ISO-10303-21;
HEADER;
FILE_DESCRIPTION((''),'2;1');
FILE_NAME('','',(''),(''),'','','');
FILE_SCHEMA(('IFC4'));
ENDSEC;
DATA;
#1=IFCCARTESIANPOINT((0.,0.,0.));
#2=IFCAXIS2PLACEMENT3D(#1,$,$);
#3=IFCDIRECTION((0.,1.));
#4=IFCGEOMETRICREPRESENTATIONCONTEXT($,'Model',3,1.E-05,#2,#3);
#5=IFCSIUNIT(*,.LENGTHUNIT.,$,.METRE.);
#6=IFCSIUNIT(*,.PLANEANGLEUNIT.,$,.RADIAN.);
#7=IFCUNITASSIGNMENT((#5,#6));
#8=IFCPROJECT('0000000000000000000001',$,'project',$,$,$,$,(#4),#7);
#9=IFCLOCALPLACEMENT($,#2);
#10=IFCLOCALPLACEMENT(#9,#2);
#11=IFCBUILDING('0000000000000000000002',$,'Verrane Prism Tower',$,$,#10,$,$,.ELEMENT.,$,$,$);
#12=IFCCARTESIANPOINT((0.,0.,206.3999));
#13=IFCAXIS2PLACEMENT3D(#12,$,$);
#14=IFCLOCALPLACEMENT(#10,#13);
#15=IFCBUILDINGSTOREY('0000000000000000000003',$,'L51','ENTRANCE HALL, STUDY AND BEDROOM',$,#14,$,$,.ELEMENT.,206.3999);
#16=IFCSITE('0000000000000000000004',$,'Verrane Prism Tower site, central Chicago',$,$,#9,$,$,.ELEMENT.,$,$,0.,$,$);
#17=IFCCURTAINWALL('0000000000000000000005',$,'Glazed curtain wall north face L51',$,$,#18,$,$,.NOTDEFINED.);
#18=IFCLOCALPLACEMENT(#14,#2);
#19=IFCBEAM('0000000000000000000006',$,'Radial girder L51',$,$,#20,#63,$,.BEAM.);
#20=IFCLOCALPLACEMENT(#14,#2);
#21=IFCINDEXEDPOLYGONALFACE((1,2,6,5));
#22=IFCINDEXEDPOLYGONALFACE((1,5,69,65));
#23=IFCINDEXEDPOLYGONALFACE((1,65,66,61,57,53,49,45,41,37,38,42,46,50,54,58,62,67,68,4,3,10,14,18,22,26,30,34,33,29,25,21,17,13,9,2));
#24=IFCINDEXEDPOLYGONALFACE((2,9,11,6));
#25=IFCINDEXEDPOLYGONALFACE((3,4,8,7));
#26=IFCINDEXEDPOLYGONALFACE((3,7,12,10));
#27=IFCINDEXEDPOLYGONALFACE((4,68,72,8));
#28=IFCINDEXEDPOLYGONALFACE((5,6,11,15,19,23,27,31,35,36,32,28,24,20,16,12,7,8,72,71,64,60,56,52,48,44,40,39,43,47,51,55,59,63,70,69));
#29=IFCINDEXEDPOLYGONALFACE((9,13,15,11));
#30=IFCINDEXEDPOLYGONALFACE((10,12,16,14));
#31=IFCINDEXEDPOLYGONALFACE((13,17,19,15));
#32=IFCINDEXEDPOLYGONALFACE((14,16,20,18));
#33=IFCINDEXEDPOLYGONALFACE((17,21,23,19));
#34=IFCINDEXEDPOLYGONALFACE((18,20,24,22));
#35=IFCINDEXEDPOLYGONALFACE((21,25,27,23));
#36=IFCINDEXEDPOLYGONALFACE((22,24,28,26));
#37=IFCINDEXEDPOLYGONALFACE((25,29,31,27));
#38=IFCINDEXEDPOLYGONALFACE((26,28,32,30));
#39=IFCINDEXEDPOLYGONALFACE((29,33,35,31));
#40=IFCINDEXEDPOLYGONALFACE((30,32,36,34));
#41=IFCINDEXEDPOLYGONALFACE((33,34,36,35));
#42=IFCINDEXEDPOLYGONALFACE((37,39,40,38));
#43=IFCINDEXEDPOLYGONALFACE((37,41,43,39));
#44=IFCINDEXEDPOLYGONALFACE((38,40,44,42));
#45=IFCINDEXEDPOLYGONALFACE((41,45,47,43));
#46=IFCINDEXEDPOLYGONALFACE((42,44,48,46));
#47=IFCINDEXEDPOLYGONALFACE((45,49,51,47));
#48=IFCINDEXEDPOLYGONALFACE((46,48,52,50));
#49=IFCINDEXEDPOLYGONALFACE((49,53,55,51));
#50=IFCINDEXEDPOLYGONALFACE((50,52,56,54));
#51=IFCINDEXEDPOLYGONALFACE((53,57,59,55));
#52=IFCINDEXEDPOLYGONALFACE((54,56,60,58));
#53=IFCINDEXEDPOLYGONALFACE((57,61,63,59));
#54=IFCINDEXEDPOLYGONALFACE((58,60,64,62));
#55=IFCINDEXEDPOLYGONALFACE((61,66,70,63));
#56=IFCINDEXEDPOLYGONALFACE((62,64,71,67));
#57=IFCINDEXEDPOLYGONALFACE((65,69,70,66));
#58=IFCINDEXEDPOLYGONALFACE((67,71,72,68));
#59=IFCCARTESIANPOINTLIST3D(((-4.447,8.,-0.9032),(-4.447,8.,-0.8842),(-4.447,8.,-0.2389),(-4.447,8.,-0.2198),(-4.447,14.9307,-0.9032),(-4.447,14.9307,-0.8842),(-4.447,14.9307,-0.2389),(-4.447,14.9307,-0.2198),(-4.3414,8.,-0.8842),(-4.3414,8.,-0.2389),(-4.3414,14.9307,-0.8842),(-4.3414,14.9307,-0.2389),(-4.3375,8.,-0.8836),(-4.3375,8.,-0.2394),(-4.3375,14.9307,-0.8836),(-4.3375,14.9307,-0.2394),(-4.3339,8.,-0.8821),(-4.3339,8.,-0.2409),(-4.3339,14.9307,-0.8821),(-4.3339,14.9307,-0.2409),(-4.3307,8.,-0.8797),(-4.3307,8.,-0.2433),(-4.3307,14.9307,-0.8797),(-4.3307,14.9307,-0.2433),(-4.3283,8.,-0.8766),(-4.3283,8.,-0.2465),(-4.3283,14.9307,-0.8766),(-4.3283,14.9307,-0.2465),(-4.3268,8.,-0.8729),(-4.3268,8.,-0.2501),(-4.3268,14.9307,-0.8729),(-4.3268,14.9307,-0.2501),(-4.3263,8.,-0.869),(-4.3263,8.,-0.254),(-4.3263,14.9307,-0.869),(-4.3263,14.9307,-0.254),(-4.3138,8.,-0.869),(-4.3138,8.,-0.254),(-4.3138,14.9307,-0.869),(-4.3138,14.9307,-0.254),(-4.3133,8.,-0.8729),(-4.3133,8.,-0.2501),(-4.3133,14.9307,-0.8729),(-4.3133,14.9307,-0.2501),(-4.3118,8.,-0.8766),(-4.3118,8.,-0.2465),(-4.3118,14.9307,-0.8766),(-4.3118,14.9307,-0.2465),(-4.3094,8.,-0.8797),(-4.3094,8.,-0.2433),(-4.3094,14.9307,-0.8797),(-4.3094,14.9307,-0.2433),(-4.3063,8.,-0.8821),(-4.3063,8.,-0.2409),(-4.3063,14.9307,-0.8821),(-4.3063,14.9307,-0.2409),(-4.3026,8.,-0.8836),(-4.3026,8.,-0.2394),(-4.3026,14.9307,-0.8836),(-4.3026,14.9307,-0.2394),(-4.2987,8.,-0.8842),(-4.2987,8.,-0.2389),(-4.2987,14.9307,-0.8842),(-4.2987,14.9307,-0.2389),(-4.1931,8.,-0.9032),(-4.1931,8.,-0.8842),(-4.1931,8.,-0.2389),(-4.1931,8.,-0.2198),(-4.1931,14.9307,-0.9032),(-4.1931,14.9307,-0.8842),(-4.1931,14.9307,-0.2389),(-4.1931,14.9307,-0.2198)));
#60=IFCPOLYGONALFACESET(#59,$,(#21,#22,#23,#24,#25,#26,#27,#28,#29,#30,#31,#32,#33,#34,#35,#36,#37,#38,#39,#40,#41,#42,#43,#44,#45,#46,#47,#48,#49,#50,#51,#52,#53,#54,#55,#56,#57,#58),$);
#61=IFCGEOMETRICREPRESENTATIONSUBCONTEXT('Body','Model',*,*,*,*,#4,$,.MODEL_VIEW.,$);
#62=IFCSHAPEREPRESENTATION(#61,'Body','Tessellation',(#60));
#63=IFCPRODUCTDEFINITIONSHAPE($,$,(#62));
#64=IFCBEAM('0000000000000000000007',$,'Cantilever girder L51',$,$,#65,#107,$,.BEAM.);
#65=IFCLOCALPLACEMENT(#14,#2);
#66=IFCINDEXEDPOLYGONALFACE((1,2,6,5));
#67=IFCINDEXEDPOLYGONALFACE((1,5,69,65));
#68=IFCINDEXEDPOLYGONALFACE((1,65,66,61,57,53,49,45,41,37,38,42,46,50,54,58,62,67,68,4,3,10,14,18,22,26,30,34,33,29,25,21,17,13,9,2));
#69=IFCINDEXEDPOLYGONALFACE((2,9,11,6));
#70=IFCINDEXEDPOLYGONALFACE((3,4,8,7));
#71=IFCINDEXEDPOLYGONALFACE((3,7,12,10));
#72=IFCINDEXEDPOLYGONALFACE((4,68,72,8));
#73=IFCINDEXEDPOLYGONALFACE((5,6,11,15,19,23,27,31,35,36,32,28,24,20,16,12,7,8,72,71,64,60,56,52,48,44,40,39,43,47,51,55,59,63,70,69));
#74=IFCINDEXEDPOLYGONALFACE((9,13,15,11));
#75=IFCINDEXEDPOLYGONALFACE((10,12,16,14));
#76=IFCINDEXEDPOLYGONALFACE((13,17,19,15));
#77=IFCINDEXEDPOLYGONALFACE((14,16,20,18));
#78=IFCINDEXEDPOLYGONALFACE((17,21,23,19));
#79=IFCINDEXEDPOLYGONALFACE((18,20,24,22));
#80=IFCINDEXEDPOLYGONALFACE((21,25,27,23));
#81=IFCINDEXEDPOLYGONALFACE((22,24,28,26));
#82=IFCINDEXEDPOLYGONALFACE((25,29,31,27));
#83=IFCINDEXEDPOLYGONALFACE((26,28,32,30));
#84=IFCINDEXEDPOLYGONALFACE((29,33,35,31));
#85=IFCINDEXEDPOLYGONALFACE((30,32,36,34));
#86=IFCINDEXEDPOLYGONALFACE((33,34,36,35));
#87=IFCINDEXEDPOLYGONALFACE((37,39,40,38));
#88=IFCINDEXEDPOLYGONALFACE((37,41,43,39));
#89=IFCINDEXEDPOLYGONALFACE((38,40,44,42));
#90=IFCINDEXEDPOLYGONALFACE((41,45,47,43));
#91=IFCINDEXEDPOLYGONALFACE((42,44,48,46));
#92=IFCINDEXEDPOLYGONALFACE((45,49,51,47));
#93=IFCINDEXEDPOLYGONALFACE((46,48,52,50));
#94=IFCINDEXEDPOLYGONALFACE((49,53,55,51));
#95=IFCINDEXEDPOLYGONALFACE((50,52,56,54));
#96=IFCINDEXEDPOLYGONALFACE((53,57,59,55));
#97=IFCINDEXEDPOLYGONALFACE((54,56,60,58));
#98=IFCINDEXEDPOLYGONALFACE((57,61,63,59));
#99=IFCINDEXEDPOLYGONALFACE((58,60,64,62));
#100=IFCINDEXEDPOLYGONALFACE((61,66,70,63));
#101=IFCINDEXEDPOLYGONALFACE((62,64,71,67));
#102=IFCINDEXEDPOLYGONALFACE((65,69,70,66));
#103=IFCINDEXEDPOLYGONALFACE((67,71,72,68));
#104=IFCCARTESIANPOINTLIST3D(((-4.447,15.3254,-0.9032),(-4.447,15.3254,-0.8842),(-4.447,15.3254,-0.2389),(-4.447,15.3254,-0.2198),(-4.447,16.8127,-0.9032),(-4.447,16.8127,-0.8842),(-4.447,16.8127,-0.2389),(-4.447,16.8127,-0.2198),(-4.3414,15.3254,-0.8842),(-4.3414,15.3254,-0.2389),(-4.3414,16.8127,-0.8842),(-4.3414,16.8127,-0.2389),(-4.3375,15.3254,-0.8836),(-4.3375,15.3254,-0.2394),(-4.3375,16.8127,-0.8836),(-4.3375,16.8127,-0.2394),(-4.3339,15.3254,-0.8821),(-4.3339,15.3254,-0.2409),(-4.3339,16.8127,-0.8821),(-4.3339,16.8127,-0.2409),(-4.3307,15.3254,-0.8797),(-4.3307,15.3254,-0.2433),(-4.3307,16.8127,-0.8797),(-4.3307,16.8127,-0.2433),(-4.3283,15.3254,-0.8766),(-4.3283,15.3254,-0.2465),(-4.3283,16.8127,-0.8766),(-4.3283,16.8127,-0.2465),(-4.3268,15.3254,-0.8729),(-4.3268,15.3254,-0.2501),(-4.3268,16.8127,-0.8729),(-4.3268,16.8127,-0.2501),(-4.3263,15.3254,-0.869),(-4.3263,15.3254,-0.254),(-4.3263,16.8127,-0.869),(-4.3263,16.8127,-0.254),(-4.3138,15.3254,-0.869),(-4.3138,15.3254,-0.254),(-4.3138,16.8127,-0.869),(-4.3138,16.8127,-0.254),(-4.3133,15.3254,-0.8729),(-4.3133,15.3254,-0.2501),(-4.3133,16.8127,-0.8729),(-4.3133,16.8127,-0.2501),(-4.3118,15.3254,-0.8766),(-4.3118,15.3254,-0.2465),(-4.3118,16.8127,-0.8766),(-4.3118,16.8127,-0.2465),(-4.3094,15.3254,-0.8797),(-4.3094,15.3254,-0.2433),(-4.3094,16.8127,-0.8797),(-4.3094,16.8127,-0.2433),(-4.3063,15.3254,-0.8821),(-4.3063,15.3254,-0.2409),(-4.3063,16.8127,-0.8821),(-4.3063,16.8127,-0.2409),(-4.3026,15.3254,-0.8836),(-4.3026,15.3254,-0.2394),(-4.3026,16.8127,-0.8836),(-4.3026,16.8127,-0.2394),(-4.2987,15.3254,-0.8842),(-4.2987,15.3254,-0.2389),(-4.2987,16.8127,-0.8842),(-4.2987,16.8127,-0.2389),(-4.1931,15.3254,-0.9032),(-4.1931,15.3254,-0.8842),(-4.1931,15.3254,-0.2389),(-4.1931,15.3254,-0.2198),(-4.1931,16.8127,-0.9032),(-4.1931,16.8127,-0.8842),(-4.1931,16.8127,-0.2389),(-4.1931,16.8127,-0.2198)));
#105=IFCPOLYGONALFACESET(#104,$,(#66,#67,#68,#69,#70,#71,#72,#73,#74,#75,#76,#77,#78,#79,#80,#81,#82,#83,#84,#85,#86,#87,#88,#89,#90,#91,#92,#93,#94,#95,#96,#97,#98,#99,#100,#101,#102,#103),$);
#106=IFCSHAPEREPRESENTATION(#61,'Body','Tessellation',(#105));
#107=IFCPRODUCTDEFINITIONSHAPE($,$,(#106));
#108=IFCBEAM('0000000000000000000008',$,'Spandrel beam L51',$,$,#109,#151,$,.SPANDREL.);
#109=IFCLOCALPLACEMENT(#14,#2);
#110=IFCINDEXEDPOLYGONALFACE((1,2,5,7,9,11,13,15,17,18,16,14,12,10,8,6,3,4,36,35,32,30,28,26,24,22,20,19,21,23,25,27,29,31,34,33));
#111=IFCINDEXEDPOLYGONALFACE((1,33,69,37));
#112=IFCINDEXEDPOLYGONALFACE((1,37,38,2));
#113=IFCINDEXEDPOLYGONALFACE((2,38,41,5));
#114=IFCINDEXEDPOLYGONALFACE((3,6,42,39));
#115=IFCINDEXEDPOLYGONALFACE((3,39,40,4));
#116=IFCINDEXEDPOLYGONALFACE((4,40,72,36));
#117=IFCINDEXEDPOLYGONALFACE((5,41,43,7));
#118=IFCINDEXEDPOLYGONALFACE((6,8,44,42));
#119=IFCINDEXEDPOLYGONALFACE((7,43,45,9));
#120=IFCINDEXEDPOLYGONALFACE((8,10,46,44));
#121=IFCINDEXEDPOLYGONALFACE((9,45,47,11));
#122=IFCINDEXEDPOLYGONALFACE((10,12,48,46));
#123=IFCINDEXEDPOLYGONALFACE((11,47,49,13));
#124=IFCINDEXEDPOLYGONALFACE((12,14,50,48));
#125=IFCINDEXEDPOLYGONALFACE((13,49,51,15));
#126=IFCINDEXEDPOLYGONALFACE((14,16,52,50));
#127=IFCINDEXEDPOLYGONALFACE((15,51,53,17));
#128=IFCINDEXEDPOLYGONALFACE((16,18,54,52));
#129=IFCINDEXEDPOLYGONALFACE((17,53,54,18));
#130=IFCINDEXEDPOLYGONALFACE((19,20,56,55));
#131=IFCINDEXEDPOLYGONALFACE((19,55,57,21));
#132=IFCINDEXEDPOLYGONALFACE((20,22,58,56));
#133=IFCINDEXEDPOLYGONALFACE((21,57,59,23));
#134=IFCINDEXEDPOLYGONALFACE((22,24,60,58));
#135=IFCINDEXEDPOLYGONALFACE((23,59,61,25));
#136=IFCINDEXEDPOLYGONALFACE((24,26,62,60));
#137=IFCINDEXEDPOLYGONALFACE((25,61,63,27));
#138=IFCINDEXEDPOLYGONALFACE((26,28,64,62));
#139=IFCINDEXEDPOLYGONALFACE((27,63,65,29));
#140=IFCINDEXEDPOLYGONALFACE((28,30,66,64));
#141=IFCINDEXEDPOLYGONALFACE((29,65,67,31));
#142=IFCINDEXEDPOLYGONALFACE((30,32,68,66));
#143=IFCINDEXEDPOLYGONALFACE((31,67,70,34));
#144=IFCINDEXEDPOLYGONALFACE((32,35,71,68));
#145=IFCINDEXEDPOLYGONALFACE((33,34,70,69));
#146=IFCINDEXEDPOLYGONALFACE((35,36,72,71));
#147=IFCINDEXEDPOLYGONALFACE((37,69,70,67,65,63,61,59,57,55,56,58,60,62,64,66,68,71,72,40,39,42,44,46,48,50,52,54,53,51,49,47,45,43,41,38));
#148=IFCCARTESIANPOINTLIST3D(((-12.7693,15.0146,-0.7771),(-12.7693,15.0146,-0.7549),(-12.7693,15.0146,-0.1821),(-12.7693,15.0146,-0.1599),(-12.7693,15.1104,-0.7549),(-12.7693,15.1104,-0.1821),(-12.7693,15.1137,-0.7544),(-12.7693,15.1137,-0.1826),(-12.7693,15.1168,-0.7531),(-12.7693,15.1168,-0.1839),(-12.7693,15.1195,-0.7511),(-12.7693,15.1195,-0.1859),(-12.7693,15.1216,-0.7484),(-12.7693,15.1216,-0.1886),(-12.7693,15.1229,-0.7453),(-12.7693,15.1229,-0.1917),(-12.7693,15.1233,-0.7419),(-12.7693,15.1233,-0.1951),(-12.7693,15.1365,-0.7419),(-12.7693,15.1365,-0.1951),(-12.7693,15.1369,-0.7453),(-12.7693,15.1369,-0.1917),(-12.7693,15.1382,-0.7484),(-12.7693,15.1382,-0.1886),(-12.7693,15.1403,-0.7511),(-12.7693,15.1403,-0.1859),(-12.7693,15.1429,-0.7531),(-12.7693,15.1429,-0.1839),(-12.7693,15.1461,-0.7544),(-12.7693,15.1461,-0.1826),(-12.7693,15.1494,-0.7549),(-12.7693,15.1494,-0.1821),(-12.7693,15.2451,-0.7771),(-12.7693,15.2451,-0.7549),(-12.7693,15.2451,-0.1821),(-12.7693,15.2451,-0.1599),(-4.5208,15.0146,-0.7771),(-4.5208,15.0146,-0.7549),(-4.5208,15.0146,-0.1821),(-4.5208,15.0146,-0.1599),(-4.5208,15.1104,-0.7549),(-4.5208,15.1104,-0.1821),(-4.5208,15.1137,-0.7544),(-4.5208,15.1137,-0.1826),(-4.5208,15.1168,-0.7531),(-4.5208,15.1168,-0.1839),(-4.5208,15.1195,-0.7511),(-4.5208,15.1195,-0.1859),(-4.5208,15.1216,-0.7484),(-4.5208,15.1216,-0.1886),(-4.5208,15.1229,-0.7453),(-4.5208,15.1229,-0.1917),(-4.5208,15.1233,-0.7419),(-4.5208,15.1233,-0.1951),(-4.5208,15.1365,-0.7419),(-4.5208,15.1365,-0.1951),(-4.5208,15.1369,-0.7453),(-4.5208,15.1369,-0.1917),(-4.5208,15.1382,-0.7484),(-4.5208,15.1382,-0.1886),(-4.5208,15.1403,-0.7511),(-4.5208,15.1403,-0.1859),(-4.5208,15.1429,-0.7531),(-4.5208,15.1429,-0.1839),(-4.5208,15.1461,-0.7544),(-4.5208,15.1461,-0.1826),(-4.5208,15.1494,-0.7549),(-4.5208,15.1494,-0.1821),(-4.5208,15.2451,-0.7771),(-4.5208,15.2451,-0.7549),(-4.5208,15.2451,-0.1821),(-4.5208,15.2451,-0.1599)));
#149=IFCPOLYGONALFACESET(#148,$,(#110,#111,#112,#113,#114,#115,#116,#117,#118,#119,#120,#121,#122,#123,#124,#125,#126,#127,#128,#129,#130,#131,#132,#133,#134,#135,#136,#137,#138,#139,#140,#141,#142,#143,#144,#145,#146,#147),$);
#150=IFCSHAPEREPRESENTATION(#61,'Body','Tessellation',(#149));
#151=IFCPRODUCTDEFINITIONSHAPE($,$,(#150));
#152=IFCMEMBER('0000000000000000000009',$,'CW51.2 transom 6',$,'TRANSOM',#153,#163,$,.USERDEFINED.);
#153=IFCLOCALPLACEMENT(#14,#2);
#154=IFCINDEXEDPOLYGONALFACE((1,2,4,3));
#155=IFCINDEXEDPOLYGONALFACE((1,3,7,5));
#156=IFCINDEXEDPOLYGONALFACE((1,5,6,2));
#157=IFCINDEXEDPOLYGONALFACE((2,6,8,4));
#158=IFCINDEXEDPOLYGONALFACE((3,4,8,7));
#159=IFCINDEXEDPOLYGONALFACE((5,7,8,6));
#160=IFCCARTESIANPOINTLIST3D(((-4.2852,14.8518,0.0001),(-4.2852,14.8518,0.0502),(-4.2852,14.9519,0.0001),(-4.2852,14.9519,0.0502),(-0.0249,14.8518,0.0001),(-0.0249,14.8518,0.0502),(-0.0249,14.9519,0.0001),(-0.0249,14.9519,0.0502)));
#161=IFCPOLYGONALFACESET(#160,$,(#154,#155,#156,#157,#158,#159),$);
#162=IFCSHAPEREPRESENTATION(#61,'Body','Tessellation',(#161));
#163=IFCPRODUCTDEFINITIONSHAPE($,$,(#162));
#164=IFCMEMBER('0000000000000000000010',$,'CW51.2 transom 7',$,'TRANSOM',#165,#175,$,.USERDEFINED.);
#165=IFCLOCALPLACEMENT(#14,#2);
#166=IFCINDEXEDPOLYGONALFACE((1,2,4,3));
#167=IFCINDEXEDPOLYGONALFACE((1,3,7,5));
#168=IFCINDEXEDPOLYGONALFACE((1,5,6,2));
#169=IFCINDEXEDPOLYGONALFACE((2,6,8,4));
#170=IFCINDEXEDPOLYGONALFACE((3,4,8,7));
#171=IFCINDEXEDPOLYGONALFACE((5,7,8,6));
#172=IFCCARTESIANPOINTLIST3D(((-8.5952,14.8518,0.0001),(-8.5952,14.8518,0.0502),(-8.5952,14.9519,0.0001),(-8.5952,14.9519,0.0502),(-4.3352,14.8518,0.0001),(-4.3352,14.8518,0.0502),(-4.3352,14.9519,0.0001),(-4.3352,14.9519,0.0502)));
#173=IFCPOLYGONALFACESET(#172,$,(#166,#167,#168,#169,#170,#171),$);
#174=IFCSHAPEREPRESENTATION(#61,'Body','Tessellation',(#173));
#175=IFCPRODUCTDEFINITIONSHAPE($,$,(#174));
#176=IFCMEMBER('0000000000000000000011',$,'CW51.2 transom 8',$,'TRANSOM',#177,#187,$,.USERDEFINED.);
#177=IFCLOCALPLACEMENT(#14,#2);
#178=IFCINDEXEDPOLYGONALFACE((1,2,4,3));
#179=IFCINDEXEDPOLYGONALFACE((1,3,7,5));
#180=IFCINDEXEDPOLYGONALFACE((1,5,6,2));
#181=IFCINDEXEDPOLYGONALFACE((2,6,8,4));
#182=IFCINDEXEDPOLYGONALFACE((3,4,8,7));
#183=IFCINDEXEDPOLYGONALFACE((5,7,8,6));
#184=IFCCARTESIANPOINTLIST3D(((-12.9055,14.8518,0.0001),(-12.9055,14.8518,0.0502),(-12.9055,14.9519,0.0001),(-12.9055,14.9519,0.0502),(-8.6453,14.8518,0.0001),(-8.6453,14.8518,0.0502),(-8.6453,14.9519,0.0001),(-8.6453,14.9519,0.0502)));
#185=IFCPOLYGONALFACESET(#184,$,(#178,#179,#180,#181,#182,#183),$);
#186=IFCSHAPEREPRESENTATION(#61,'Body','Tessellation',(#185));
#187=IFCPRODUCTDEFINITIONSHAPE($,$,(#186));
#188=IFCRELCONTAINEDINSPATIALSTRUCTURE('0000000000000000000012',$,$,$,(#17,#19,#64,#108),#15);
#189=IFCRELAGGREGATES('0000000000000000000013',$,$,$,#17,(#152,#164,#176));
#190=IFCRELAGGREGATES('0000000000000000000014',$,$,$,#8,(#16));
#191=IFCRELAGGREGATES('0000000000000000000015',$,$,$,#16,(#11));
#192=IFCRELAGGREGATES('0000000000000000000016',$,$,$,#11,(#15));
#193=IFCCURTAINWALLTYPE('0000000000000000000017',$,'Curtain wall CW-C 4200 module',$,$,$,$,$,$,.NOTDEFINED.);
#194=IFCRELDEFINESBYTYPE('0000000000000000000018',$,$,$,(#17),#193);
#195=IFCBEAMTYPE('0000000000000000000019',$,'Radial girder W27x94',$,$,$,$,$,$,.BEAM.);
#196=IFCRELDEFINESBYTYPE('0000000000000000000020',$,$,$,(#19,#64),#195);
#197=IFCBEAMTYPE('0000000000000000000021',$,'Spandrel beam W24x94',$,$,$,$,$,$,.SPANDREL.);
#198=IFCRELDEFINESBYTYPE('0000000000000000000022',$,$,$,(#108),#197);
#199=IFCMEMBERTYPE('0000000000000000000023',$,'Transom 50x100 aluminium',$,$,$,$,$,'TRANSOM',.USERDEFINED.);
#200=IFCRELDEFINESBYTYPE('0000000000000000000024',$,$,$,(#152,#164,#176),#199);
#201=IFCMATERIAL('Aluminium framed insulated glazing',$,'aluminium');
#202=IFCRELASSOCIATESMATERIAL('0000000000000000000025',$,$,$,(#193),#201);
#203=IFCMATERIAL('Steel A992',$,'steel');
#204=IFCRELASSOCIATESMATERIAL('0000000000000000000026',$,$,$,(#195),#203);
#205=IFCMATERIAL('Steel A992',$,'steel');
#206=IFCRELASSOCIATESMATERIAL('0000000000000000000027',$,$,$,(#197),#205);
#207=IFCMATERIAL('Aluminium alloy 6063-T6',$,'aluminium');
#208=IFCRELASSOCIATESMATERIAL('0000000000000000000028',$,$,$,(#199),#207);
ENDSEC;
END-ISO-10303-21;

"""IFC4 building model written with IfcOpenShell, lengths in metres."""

from ifc_helpers import new_model, si_unit, direction, frame, origin, origin_2d, place, context, subcontext, project, spatial, rectangle, i_section, extrude, material, material_profile, profile_set, type_object, element, aggregate, save


model = new_model("IFC4")

# Units and contexts
model_context = context("Model", 3, precision=1e-05, world=origin(), true_north=direction((0.0, 1.0)))
body_context = subcontext(model_context, "Body", "Model", "MODEL_VIEW")
ifc_project = project(units=[si_unit("LENGTHUNIT", "METRE"), si_unit("PLANEANGLEUNIT", "RADIAN")], contexts=[model_context])

# Site, building, storey
site_placement = place(None, origin())
site = spatial("IfcSite", under=ifc_project, at=site_placement, Name="Verrane Prism Tower site, central Chicago", CompositionType="ELEMENT", RefElevation=0.0)
building_placement = place(site_placement, origin())
building = spatial("IfcBuilding", under=site, at=building_placement, Name="Verrane Prism Tower", CompositionType="ELEMENT")
storey_placement = place(building_placement, frame((0.0, 0.0, 206.3999)))
storey = spatial("IfcBuildingStorey", under=building, at=storey_placement, Name="L51", Description="ENTRANCE HALL, STUDY AND BEDROOM", CompositionType="ELEMENT", Elevation=206.3999)

# Curtain wall
ifc_material_1 = material(Name="Aluminium framed insulated glazing", Category="aluminium")
curtain_wall_type = type_object("IfcCurtainWallType", Name="Curtain wall CW-C 4200 module", PredefinedType="NOTDEFINED", material=ifc_material_1)
curtain_wall_placement = place(storey_placement, origin())
curtain_wall = element("IfcCurtainWall", 1, at=curtain_wall_placement, inside=storey, type_object=curtain_wall_type, Name="Glazed curtain wall north face L51", PredefinedType="NOTDEFINED")

# Beams
ifc_material_2 = material(Name="Steel A992", Category="steel")
ifc_material_profile_1 = material_profile(ifc_material_2, i_section(OverallWidth=0.2539, OverallDepth=0.6833, WebThickness=0.0125, FlangeThickness=0.019, FilletRadius=0.0151, at=origin_2d()), Name="W27x94")
ifc_profile_set_1 = profile_set([ifc_material_profile_1], Name="Steel A992")
beam_type_1 = type_object("IfcBeamType", Name="Radial girder W27x94", PredefinedType="BEAM", material=ifc_profile_set_1)
beam_1_placement = place(storey_placement, frame((-4.3201, 14.9307, -0.5615), z_axis=(0.0, -1.0, 0.0), x_axis=(1.0, 0.0, 0.0)))
element("IfcBeam", 2, at=beam_1_placement, inside=storey, type_object=beam_type_1, Name="Radial girder L51", PredefinedType="BEAM", context=body_context, shape_type="SweptSolid", body=[
    extrude(i_section(OverallWidth=0.2539, OverallDepth=0.6833, WebThickness=0.0125, FlangeThickness=0.019, FilletRadius=0.0151, at=origin_2d()), origin(), (0.0, 0.0, 1.0), 6.9307),
])
beam_2_placement = place(storey_placement, frame((-4.3201, 15.3254, -0.5615), z_axis=(0.0, 1.0, 0.0), x_axis=(-1.0, 0.0, 0.0)))
element("IfcBeam", 3, at=beam_2_placement, inside=storey, type_object=beam_type_1, Name="Cantilever girder L51", PredefinedType="BEAM", context=body_context, shape_type="SweptSolid", body=[
    extrude(i_section(OverallWidth=0.2539, OverallDepth=0.6833, WebThickness=0.0125, FlangeThickness=0.019, FilletRadius=0.0151, at=origin_2d()), origin(), (0.0, 0.0, 1.0), 1.4873),
])
ifc_material_3 = material(Name="Steel A992", Category="steel")
ifc_material_profile_2 = material_profile(ifc_material_3, i_section(OverallWidth=0.2305, OverallDepth=0.6172, WebThickness=0.0132, FlangeThickness=0.0222, FilletRadius=0.0129, at=origin_2d()), Name="W24x94")
ifc_profile_set_2 = profile_set([ifc_material_profile_2], Name="Steel A992")
beam_type_2 = type_object("IfcBeamType", Name="Spandrel beam W24x94", PredefinedType="SPANDREL", material=ifc_profile_set_2)
beam_3_placement = place(storey_placement, frame((-4.5208, 15.1299, -0.4685), z_axis=(-1.0, 0.0, 0.0), x_axis=(0.0, -1.0, 0.0)))
element("IfcBeam", 4, at=beam_3_placement, inside=storey, type_object=beam_type_2, Name="Spandrel beam L51", PredefinedType="SPANDREL", context=body_context, shape_type="SweptSolid", body=[
    extrude(i_section(OverallWidth=0.2305, OverallDepth=0.6172, WebThickness=0.0132, FlangeThickness=0.0222, FilletRadius=0.0129, at=origin_2d()), origin(), (0.0, 0.0, 1.0), 8.2485),
])

# Members
ifc_material_4 = material(Name="Aluminium alloy 6063-T6", Category="aluminium")
ifc_material_profile_3 = material_profile(ifc_material_4, rectangle(XDim=0.1001, YDim=0.05, at=origin_2d()), Name="Transom 50x100 aluminium")
ifc_profile_set_3 = profile_set([ifc_material_profile_3], Name="Aluminium alloy 6063-T6")
member_type_1 = type_object("IfcMemberType", Name="Transom 50x100 aluminium", ElementType="TRANSOM", PredefinedType="USERDEFINED", material=ifc_profile_set_3)
member_1_placement = place(storey_placement, frame((-0.0249, 14.9019, 0.0251), z_axis=(-1.0, 0.0, 0.0), x_axis=(0.0, -1.0, 0.0)))
member_1 = element("IfcMember", 5, at=member_1_placement, type_object=member_type_1, Name="CW51.2 transom 6", ObjectType="TRANSOM", PredefinedType="USERDEFINED", context=body_context, shape_type="SweptSolid", body=[
    extrude(rectangle(XDim=0.1001, YDim=0.05, at=origin_2d()), origin(), (0.0, 0.0, 1.0), 4.2603),
])
member_2_placement = place(storey_placement, frame((-4.3352, 14.9019, 0.0251), z_axis=(-1.0, 0.0, 0.0), x_axis=(0.0, -1.0, 0.0)))
member_2 = element("IfcMember", 6, at=member_2_placement, type_object=member_type_1, Name="CW51.2 transom 7", ObjectType="TRANSOM", PredefinedType="USERDEFINED", context=body_context, shape_type="SweptSolid", body=[
    extrude(rectangle(XDim=0.1001, YDim=0.05, at=origin_2d()), origin(), (0.0, 0.0, 1.0), 4.26),
])
member_3_placement = place(storey_placement, frame((-8.6453, 14.9019, 0.0251), z_axis=(-1.0, 0.0, 0.0), x_axis=(0.0, -1.0, 0.0)))
member_3 = element("IfcMember", 7, at=member_3_placement, type_object=member_type_1, Name="CW51.2 transom 8", ObjectType="TRANSOM", PredefinedType="USERDEFINED", context=body_context, shape_type="SweptSolid", body=[
    extrude(rectangle(XDim=0.1001, YDim=0.05, at=origin_2d()), origin(), (0.0, 0.0, 1.0), 4.2603),
])

aggregate(curtain_wall, [member_1, member_2, member_3])

save(model, "model.ifc")
